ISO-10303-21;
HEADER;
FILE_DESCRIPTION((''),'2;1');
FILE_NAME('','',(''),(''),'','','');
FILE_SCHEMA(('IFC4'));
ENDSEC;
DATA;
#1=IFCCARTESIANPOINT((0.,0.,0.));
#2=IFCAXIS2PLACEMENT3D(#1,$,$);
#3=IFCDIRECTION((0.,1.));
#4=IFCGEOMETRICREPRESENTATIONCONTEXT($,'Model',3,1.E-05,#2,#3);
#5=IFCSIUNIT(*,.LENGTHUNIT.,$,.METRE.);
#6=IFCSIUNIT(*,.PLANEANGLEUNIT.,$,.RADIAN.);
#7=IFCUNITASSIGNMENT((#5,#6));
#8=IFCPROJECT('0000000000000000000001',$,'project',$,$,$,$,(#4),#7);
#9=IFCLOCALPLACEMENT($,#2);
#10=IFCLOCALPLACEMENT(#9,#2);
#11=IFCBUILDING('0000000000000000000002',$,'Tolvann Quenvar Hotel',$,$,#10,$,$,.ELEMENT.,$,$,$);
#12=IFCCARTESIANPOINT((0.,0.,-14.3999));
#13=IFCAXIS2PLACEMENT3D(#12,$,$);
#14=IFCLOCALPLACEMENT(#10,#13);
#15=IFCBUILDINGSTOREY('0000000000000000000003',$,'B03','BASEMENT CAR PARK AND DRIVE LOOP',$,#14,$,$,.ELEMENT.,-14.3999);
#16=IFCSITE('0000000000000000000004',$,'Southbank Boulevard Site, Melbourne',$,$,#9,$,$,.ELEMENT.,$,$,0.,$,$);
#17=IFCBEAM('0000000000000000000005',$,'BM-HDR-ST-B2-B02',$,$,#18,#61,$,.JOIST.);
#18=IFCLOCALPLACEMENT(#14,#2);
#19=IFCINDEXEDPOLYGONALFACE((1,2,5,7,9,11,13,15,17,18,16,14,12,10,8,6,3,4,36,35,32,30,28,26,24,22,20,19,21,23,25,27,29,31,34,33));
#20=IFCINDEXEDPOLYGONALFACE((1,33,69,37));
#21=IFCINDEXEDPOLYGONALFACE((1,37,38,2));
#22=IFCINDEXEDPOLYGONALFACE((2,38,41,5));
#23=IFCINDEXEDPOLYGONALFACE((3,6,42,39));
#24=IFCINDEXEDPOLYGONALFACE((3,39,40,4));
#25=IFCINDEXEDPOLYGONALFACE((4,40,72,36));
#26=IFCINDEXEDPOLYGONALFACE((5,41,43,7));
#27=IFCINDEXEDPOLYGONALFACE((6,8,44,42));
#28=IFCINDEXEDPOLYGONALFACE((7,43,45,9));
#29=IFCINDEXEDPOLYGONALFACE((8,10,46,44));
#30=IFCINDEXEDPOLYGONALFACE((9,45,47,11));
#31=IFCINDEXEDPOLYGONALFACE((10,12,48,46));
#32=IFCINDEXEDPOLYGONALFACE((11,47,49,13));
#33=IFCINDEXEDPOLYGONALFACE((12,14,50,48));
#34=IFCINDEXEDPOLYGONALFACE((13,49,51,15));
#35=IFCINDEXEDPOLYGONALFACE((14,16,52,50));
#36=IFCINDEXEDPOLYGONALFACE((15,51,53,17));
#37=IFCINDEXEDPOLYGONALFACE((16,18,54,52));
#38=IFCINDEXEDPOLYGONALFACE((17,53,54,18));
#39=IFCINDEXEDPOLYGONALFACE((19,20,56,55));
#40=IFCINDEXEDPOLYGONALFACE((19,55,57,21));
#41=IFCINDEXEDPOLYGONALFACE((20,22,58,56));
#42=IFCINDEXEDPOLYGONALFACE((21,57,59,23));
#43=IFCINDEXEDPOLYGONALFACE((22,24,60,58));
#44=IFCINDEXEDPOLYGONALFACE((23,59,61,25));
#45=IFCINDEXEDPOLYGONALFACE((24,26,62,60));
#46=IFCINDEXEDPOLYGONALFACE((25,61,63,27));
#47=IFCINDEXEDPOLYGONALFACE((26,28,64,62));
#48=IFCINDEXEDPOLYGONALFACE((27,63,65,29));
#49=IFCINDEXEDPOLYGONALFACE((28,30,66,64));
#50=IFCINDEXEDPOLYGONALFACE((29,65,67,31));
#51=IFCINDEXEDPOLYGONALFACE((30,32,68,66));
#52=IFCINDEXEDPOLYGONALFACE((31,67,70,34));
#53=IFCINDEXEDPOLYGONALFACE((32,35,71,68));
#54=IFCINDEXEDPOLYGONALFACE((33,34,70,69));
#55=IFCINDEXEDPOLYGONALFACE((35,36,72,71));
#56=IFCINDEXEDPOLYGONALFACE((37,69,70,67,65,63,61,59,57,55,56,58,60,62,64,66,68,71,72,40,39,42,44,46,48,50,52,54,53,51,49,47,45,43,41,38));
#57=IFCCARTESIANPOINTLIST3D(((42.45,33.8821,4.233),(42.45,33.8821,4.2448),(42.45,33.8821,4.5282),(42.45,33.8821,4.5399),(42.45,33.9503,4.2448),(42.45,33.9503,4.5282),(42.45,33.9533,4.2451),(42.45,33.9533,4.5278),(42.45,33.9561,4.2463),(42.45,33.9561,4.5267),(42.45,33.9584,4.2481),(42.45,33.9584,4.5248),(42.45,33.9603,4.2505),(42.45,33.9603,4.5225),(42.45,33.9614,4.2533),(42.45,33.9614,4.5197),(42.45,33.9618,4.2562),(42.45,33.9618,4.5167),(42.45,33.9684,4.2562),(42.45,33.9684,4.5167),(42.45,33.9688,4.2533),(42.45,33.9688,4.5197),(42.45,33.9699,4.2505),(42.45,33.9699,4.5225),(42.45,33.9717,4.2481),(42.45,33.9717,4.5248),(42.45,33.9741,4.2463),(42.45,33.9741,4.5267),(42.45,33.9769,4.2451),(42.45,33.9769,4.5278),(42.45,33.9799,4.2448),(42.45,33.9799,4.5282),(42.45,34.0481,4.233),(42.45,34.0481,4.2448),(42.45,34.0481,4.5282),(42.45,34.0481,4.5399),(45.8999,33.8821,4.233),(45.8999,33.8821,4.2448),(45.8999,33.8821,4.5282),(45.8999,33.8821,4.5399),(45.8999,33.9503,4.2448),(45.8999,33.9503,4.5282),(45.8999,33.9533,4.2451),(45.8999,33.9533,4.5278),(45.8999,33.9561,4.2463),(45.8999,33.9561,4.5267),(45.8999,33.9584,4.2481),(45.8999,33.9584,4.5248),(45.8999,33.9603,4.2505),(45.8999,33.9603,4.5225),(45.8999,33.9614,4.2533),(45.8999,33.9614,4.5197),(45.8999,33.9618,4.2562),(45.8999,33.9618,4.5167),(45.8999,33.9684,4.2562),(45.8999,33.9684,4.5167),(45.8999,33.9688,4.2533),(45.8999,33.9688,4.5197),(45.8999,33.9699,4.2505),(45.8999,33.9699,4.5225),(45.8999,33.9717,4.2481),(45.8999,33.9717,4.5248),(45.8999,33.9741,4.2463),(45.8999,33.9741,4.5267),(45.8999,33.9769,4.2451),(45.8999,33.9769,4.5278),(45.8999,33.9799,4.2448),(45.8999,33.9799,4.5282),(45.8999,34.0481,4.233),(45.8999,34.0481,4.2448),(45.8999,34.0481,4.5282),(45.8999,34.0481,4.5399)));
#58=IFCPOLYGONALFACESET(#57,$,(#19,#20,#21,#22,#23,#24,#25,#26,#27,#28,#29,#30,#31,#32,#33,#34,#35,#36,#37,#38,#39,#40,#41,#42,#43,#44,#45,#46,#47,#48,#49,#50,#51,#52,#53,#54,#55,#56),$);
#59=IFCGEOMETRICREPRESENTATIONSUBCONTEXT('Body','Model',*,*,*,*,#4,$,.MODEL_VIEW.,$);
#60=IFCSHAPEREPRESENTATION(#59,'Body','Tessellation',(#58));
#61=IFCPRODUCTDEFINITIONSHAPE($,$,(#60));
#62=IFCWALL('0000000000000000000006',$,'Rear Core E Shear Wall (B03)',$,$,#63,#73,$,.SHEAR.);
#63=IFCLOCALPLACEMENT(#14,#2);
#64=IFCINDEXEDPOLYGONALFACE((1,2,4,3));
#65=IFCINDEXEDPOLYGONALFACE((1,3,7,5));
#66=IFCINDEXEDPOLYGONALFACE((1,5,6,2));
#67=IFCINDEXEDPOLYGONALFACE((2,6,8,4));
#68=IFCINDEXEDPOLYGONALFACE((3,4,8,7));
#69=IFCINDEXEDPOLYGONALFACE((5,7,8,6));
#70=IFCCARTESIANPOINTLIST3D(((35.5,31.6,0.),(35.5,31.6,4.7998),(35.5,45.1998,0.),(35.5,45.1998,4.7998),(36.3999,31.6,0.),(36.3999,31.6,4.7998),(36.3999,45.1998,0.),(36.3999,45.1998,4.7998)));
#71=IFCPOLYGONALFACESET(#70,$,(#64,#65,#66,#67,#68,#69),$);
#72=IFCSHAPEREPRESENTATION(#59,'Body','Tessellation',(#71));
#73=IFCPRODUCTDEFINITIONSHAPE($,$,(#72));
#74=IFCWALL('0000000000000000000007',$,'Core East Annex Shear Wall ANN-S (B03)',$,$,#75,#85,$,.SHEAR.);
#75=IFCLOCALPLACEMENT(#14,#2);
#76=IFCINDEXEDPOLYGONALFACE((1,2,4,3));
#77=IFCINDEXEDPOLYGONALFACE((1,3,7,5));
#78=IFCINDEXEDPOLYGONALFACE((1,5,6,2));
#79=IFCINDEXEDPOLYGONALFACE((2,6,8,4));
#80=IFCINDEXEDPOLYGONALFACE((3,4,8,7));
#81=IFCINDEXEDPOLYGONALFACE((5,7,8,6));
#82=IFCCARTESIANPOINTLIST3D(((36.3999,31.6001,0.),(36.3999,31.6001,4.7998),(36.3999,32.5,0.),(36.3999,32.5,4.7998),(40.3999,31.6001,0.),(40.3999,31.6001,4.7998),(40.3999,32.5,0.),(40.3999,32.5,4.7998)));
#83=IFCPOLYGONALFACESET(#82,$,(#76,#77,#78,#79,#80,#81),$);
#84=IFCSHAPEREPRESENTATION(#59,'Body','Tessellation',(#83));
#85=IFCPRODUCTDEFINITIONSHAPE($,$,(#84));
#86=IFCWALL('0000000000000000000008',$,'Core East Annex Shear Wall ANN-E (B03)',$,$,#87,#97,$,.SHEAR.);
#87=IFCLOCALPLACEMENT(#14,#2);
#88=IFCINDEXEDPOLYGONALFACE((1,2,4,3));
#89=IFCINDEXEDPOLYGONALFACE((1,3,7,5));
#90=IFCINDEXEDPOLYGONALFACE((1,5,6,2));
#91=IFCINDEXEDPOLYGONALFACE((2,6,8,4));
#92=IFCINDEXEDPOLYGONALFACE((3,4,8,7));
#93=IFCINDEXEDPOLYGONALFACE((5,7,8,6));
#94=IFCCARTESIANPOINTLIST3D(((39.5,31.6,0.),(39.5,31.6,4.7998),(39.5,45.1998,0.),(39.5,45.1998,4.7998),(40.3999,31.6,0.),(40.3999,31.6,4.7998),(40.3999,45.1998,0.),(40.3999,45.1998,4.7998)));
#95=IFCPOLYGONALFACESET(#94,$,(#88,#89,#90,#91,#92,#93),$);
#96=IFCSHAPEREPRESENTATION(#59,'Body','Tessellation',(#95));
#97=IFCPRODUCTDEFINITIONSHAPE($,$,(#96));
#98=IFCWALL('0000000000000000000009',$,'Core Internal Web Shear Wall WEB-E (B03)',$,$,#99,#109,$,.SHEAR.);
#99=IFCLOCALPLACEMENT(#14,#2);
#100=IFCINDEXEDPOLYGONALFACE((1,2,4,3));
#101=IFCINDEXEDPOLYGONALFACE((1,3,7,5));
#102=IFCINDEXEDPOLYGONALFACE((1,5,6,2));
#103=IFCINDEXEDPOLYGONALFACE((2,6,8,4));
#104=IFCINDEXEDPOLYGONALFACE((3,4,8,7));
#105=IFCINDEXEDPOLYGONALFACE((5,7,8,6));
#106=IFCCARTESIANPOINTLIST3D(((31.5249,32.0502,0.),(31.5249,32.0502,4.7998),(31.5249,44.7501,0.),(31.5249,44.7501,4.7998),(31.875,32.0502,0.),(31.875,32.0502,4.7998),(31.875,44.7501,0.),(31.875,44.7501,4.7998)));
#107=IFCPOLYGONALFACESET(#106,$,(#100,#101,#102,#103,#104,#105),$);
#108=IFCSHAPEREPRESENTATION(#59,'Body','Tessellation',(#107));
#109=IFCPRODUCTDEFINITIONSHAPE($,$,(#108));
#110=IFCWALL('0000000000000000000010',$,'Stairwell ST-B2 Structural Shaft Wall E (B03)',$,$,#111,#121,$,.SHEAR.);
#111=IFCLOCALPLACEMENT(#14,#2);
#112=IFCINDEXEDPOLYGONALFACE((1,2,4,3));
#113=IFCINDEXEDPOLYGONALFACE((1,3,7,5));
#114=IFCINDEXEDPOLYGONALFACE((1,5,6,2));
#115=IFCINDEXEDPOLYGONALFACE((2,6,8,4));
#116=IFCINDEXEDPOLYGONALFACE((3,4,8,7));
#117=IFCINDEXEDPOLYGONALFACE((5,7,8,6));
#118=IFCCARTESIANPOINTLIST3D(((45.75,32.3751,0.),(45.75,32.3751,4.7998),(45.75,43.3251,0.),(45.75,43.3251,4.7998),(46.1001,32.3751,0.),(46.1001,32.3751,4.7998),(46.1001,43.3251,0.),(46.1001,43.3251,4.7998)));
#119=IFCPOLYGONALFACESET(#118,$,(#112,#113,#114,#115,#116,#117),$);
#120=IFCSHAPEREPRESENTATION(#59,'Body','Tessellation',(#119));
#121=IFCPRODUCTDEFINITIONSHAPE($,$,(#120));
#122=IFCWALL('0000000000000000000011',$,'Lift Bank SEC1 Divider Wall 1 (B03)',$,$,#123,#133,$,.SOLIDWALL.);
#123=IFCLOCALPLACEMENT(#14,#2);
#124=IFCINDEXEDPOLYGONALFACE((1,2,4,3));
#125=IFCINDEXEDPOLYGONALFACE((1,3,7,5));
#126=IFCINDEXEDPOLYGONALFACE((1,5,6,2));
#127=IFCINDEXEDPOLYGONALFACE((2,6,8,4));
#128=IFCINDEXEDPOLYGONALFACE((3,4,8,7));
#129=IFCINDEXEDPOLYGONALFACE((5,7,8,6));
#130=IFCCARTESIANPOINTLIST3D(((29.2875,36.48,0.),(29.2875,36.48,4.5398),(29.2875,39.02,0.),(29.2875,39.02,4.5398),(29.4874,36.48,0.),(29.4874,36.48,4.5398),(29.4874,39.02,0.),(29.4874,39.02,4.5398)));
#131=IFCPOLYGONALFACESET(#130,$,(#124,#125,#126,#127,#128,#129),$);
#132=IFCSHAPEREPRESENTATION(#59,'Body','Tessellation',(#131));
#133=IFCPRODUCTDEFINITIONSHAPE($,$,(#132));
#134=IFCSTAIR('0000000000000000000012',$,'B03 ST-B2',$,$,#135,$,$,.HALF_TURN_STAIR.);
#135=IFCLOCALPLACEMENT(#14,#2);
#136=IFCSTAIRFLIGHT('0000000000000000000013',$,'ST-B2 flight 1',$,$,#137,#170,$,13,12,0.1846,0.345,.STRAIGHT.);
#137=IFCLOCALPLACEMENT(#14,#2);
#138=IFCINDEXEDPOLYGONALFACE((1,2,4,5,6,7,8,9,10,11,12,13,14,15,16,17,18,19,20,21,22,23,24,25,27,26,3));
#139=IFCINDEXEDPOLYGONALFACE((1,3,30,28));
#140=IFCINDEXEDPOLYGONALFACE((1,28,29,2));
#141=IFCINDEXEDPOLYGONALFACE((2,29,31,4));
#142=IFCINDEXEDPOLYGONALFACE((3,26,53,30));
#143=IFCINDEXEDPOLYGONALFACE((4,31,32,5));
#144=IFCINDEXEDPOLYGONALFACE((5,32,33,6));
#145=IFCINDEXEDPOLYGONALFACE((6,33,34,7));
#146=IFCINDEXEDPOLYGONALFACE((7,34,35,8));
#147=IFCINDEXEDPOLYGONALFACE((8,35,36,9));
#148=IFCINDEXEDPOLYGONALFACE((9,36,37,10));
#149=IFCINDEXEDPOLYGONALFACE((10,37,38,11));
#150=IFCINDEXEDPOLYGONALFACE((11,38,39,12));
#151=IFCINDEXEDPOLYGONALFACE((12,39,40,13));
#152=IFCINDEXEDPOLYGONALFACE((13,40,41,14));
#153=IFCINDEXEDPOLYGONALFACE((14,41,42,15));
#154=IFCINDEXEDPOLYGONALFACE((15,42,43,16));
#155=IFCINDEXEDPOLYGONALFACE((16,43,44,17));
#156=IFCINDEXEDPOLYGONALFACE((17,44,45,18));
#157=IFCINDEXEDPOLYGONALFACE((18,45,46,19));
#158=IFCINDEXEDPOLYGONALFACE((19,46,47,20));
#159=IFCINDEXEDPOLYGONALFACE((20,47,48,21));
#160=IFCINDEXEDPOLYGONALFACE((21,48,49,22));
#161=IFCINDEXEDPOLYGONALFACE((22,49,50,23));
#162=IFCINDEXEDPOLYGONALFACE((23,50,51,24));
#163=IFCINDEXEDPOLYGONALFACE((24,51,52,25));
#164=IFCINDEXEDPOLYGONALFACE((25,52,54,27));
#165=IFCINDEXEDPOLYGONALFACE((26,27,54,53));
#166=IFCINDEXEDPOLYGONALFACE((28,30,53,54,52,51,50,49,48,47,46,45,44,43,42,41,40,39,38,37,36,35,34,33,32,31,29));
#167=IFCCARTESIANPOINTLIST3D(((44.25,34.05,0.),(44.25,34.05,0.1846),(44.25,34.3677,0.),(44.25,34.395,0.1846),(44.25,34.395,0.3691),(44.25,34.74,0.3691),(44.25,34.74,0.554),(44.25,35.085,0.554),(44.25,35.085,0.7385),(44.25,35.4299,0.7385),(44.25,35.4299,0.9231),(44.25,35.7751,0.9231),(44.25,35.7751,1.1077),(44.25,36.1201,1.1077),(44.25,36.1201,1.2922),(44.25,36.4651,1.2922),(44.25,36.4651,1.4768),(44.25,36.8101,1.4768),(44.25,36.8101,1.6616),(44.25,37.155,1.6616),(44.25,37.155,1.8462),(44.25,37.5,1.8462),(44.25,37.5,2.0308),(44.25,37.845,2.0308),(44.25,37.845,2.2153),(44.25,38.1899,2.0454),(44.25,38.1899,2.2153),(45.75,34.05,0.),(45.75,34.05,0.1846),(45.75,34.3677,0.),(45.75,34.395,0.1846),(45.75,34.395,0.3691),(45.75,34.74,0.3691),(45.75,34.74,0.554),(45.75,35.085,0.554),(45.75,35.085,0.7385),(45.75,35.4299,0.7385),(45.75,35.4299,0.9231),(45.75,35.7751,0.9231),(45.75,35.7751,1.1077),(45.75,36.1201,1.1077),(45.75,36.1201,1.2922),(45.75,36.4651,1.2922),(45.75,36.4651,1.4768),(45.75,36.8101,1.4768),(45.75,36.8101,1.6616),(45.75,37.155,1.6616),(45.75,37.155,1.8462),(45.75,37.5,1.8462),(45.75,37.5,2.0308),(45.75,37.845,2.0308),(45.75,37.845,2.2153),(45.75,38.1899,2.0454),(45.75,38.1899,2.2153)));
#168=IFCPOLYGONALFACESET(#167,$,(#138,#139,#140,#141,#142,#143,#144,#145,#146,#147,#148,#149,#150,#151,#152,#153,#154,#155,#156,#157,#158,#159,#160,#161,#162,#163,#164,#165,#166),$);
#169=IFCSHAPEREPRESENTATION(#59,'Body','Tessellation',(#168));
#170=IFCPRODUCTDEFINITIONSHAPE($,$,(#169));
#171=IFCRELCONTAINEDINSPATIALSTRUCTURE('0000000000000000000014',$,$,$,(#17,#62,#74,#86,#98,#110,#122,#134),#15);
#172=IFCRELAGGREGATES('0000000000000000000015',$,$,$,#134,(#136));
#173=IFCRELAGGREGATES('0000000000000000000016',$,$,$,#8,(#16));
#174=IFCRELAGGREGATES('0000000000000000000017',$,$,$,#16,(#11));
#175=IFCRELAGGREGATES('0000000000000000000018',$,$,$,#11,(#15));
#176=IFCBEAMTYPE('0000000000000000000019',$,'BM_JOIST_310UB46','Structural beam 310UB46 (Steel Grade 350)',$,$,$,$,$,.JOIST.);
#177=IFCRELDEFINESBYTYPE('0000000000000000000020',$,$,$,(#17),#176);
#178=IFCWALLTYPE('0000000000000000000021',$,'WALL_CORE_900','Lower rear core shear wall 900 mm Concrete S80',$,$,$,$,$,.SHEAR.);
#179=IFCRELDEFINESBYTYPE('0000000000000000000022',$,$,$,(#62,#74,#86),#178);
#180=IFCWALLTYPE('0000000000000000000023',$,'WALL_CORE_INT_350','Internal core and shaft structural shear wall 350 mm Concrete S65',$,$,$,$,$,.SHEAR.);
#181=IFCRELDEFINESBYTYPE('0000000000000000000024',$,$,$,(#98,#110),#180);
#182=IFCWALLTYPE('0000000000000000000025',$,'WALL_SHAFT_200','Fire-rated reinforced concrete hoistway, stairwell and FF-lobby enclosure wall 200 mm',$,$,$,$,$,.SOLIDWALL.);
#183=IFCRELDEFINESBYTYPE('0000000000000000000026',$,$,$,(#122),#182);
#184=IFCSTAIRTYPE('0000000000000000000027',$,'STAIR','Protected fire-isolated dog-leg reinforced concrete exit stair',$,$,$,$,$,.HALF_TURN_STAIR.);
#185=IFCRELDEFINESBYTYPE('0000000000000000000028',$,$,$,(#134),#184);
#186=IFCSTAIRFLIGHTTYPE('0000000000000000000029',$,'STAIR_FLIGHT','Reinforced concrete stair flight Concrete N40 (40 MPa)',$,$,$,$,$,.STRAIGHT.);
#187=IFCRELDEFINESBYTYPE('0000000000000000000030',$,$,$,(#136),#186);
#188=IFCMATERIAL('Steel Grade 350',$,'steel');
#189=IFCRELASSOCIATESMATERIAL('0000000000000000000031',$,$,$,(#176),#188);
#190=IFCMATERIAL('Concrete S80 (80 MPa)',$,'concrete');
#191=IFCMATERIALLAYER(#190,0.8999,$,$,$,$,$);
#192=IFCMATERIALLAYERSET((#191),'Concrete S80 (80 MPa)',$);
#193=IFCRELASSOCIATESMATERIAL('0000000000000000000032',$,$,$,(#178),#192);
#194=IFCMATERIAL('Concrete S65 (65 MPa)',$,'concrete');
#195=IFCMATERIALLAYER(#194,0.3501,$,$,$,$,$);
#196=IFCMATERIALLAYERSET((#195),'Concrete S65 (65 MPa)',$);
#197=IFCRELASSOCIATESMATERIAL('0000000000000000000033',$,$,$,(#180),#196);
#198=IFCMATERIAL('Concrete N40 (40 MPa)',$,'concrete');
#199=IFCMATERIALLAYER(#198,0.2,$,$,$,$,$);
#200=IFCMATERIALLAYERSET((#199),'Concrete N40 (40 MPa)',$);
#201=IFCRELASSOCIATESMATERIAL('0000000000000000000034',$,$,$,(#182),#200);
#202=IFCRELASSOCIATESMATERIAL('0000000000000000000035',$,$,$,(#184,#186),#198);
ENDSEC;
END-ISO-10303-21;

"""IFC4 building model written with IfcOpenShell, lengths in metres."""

from ifc_helpers import new_model, si_unit, direction, frame, frame_2d, origin, origin_2d, place, context, subcontext, project, spatial, polyline, rectangle, i_section, outline, extrude, source, transform, mapped, material, layer, layer_set, material_profile, profile_set, type_object, type_shapes, element, aggregate, save


model = new_model("IFC4")

# Units and contexts
model_context = context("Model", 3, precision=1e-05, world=origin(), true_north=direction((0.0, 1.0)))
body_context = subcontext(model_context, "Body", "Model", "MODEL_VIEW")
ifc_project = project(units=[si_unit("LENGTHUNIT", "METRE"), si_unit("PLANEANGLEUNIT", "RADIAN")], contexts=[model_context])

# Site, building, storey
site_placement = place(None, origin())
site = spatial("IfcSite", under=ifc_project, at=site_placement, Name="Southbank Boulevard Site, Melbourne", CompositionType="ELEMENT", RefElevation=0.0)
building_placement = place(site_placement, origin())
building = spatial("IfcBuilding", under=site, at=building_placement, Name="Tolvann Quenvar Hotel", CompositionType="ELEMENT")
storey_placement = place(building_placement, frame((0.0, 0.0, -14.3999)))
storey = spatial("IfcBuildingStorey", under=building, at=storey_placement, Name="B03", Description="BASEMENT CAR PARK AND DRIVE LOOP", CompositionType="ELEMENT", Elevation=-14.3999)

# Shared definitions
ifc_material_1 = material(Name="Concrete S65 (65 MPa)", Category="concrete")

# Shared definitions
ifc_material_2 = material(Name="Concrete S80 (80 MPa)", Category="concrete")

# Beam
ifc_material_3 = material(Name="Steel Grade 350", Category="steel")
ifc_material_profile_1 = material_profile(ifc_material_3, i_section(OverallWidth=0.166, OverallDepth=0.3069, WebThickness=0.0066, FlangeThickness=0.0117, FilletRadius=0.0115, at=origin_2d()), Name="310UB46")
ifc_profile_set_1 = profile_set([ifc_material_profile_1], Name="Steel Grade 350")
beam_type_1 = type_object("IfcBeamType", Name="BM_JOIST_310UB46", Description="Structural beam 310UB46 (Steel Grade 350)", PredefinedType="JOIST", material=ifc_profile_set_1)
shared_shape_1 = source(origin(), body_context, "Body", "SweptSolid", [
    extrude(i_section(OverallWidth=0.166, OverallDepth=0.3069, WebThickness=0.0066, FlangeThickness=0.0117, FilletRadius=0.0115, at=origin_2d()), origin(), (0.0, 0.0, 1.0), 3.45),
])
type_shapes(beam_type_1, [shared_shape_1])
beam_1_placement = place(storey_placement, frame((42.45, 33.9651, 4.3865), z_axis=(1.0, 0.0, 0.0), x_axis=(0.0, 1.0, 0.0)))
element("IfcBeam", 1, at=beam_1_placement, inside=storey, type_object=beam_type_1, Name="BM-HDR-ST-B2-B02", PredefinedType="JOIST", context=body_context, shape_type="MappedRepresentation", body=[
    mapped(shared_shape_1, transform((0.0, 0.0, 0.0), x_axis=(1.0, 0.0, 0.0), y_axis=(0.0, 1.0, 0.0), z_axis=(0.0, 0.0, 1.0), scale=1.0)),
])

# Walls
ifc_layer_1 = layer(ifc_material_2, 0.8999)
ifc_layer_set_1 = layer_set([ifc_layer_1], Name="Concrete S80 (80 MPa)")
wall_type_1 = type_object("IfcWallType", Name="WALL_CORE_900", Description="Lower rear core shear wall 900 mm Concrete S80", PredefinedType="SHEAR", material=ifc_layer_set_1)
wall_1_placement = place(storey_placement, frame((35.95, 31.6001, 0.0), z_axis=(0.0, 0.0, 1.0), x_axis=(0.0, 1.0, 0.0)))
element("IfcWall", 2, at=wall_1_placement, inside=storey, type_object=wall_type_1, Name="Rear Core E Shear Wall (B03)", PredefinedType="SHEAR", context=body_context, shape_type="SweptSolid", body=[
    extrude(rectangle(XDim=13.5999, YDim=0.8999, at=frame_2d((6.7998, 0.0))), origin(), (0.0, 0.0, 1.0), 4.7998),
])
wall_2_placement = place(storey_placement, frame((36.3999, 32.05, 0.0), z_axis=(0.0, 0.0, 1.0), x_axis=(1.0, 0.0, 0.0)))
element("IfcWall", 3, at=wall_2_placement, inside=storey, type_object=wall_type_1, Name="Core East Annex Shear Wall ANN-S (B03)", PredefinedType="SHEAR", context=body_context, shape_type="SweptSolid", body=[
    extrude(rectangle(XDim=4.0, YDim=0.8999, at=frame_2d((2.0, 0.0))), origin(), (0.0, 0.0, 1.0), 4.7998),
])
wall_3_placement = place(storey_placement, frame((39.95, 31.6001, 0.0), z_axis=(0.0, 0.0, 1.0), x_axis=(0.0, 1.0, 0.0)))
element("IfcWall", 4, at=wall_3_placement, inside=storey, type_object=wall_type_1, Name="Core East Annex Shear Wall ANN-E (B03)", PredefinedType="SHEAR", context=body_context, shape_type="SweptSolid", body=[
    extrude(rectangle(XDim=13.5999, YDim=0.8999, at=frame_2d((6.7998, 0.0))), origin(), (0.0, 0.0, 1.0), 4.7998),
])
ifc_layer_2 = layer(ifc_material_1, 0.3501)
ifc_layer_set_2 = layer_set([ifc_layer_2], Name="Concrete S65 (65 MPa)")
wall_type_2 = type_object("IfcWallType", Name="WALL_CORE_INT_350", Description="Internal core and shaft structural shear wall 350 mm Concrete S65", PredefinedType="SHEAR", material=ifc_layer_set_2)
wall_4_placement = place(storey_placement, frame((31.7, 32.05, 0.0), z_axis=(0.0, 0.0, 1.0), x_axis=(0.0, 1.0, 0.0)))
element("IfcWall", 5, at=wall_4_placement, inside=storey, type_object=wall_type_2, Name="Core Internal Web Shear Wall WEB-E (B03)", PredefinedType="SHEAR", context=body_context, shape_type="SweptSolid", body=[
    extrude(rectangle(XDim=12.7, YDim=0.3501, at=frame_2d((6.3501, 0.0))), origin(), (0.0, 0.0, 1.0), 4.7998),
])

# Walls
wall_5_placement = place(storey_placement, frame((45.925, 32.375, 0.0), z_axis=(0.0, 0.0, 1.0), x_axis=(0.0, 1.0, 0.0)))
element("IfcWall", 6, at=wall_5_placement, inside=storey, type_object=wall_type_2, Name="Stairwell ST-B2 Structural Shaft Wall E (B03)", PredefinedType="SHEAR", context=body_context, shape_type="SweptSolid", body=[
    extrude(rectangle(XDim=10.95, YDim=0.3501, at=frame_2d((5.4751, 0.0))), origin(), (0.0, 0.0, 1.0), 4.7998),
])
ifc_material_4 = material(Name="Concrete N40 (40 MPa)", Category="concrete")
ifc_layer_3 = layer(ifc_material_4, 0.2)
ifc_layer_set_3 = layer_set([ifc_layer_3], Name="Concrete N40 (40 MPa)")
wall_type_3 = type_object("IfcWallType", Name="WALL_SHAFT_200", Description="Fire-rated reinforced concrete hoistway, stairwell and FF-lobby enclosure wall 200 mm", PredefinedType="SOLIDWALL", material=ifc_layer_set_3)
wall_6_placement = place(storey_placement, frame((29.3875, 36.48, 0.0), z_axis=(0.0, 0.0, 1.0), x_axis=(0.0, 1.0, 0.0)))
element("IfcWall", 7, at=wall_6_placement, inside=storey, type_object=wall_type_3, Name="Lift Bank SEC1 Divider Wall 1 (B03)", PredefinedType="SOLIDWALL", context=body_context, shape_type="SweptSolid", body=[
    extrude(rectangle(XDim=2.54, YDim=0.2, at=frame_2d((1.27, 0.0))), origin(), (0.0, 0.0, 1.0), 4.5398),
])

# Stair, stair flight
stair_type = type_object("IfcStairType", Name="STAIR", Description="Protected fire-isolated dog-leg reinforced concrete exit stair", PredefinedType="HALF_TURN_STAIR", material=ifc_material_4)
stair_placement = place(storey_placement, origin())
stair = element("IfcStair", 8, at=stair_placement, inside=storey, type_object=stair_type, Name="B03 ST-B2", PredefinedType="HALF_TURN_STAIR")
stair_flight_type = type_object("IfcStairFlightType", Name="STAIR_FLIGHT", Description="Reinforced concrete stair flight Concrete N40 (40 MPa)", PredefinedType="STRAIGHT", material=ifc_material_4)
stair_flight_placement = place(storey_placement, frame((45.0, 34.05, 0.0), z_axis=(0.0, 0.0, 1.0), x_axis=(0.0, 1.0, 0.0)))
stair_flight = element("IfcStairFlight", 9, at=stair_flight_placement, type_object=stair_flight_type, Name="ST-B2 flight 1", NumberOfRisers=13, NumberOfTreads=12, PredefinedType="STRAIGHT", RiserHeight=0.1846, TreadLength=0.345, context=body_context, shape_type="SweptSolid", body=[
    extrude(outline(polyline([(0.0, 0.0), (0.0, 0.1846), (0.345, 0.1846), (0.345, 0.3691), (0.6899, 0.3691), (0.6899, 0.554), (1.0349, 0.554), (1.0349, 0.7385), (1.3799, 0.7385), (1.3799, 0.9231), (1.7251, 0.9231), (1.7251, 1.1077), (2.0701, 1.1077), (2.0701, 1.2922), (2.415, 1.2922), (2.415, 1.4768), (2.76, 1.4768), (2.76, 1.6616), (3.105, 1.6616), (3.105, 1.8462), (3.45, 1.8462), (3.45, 2.0308), (3.7949, 2.0308), (3.7949, 2.2153), (4.1399, 2.2153), (4.1399, 2.3999), (4.1399, 2.0454), (0.3176, 0.0), (0.0, 0.0)])), frame((0.0, 0.75, 0.0), z_axis=(0.0, -1.0, 0.0), x_axis=(1.0, 0.0, 0.0)), (0.0, 0.0, 1.0), 1.5),
])
aggregate(stair, [stair_flight])

save(model, "model.ifc")
